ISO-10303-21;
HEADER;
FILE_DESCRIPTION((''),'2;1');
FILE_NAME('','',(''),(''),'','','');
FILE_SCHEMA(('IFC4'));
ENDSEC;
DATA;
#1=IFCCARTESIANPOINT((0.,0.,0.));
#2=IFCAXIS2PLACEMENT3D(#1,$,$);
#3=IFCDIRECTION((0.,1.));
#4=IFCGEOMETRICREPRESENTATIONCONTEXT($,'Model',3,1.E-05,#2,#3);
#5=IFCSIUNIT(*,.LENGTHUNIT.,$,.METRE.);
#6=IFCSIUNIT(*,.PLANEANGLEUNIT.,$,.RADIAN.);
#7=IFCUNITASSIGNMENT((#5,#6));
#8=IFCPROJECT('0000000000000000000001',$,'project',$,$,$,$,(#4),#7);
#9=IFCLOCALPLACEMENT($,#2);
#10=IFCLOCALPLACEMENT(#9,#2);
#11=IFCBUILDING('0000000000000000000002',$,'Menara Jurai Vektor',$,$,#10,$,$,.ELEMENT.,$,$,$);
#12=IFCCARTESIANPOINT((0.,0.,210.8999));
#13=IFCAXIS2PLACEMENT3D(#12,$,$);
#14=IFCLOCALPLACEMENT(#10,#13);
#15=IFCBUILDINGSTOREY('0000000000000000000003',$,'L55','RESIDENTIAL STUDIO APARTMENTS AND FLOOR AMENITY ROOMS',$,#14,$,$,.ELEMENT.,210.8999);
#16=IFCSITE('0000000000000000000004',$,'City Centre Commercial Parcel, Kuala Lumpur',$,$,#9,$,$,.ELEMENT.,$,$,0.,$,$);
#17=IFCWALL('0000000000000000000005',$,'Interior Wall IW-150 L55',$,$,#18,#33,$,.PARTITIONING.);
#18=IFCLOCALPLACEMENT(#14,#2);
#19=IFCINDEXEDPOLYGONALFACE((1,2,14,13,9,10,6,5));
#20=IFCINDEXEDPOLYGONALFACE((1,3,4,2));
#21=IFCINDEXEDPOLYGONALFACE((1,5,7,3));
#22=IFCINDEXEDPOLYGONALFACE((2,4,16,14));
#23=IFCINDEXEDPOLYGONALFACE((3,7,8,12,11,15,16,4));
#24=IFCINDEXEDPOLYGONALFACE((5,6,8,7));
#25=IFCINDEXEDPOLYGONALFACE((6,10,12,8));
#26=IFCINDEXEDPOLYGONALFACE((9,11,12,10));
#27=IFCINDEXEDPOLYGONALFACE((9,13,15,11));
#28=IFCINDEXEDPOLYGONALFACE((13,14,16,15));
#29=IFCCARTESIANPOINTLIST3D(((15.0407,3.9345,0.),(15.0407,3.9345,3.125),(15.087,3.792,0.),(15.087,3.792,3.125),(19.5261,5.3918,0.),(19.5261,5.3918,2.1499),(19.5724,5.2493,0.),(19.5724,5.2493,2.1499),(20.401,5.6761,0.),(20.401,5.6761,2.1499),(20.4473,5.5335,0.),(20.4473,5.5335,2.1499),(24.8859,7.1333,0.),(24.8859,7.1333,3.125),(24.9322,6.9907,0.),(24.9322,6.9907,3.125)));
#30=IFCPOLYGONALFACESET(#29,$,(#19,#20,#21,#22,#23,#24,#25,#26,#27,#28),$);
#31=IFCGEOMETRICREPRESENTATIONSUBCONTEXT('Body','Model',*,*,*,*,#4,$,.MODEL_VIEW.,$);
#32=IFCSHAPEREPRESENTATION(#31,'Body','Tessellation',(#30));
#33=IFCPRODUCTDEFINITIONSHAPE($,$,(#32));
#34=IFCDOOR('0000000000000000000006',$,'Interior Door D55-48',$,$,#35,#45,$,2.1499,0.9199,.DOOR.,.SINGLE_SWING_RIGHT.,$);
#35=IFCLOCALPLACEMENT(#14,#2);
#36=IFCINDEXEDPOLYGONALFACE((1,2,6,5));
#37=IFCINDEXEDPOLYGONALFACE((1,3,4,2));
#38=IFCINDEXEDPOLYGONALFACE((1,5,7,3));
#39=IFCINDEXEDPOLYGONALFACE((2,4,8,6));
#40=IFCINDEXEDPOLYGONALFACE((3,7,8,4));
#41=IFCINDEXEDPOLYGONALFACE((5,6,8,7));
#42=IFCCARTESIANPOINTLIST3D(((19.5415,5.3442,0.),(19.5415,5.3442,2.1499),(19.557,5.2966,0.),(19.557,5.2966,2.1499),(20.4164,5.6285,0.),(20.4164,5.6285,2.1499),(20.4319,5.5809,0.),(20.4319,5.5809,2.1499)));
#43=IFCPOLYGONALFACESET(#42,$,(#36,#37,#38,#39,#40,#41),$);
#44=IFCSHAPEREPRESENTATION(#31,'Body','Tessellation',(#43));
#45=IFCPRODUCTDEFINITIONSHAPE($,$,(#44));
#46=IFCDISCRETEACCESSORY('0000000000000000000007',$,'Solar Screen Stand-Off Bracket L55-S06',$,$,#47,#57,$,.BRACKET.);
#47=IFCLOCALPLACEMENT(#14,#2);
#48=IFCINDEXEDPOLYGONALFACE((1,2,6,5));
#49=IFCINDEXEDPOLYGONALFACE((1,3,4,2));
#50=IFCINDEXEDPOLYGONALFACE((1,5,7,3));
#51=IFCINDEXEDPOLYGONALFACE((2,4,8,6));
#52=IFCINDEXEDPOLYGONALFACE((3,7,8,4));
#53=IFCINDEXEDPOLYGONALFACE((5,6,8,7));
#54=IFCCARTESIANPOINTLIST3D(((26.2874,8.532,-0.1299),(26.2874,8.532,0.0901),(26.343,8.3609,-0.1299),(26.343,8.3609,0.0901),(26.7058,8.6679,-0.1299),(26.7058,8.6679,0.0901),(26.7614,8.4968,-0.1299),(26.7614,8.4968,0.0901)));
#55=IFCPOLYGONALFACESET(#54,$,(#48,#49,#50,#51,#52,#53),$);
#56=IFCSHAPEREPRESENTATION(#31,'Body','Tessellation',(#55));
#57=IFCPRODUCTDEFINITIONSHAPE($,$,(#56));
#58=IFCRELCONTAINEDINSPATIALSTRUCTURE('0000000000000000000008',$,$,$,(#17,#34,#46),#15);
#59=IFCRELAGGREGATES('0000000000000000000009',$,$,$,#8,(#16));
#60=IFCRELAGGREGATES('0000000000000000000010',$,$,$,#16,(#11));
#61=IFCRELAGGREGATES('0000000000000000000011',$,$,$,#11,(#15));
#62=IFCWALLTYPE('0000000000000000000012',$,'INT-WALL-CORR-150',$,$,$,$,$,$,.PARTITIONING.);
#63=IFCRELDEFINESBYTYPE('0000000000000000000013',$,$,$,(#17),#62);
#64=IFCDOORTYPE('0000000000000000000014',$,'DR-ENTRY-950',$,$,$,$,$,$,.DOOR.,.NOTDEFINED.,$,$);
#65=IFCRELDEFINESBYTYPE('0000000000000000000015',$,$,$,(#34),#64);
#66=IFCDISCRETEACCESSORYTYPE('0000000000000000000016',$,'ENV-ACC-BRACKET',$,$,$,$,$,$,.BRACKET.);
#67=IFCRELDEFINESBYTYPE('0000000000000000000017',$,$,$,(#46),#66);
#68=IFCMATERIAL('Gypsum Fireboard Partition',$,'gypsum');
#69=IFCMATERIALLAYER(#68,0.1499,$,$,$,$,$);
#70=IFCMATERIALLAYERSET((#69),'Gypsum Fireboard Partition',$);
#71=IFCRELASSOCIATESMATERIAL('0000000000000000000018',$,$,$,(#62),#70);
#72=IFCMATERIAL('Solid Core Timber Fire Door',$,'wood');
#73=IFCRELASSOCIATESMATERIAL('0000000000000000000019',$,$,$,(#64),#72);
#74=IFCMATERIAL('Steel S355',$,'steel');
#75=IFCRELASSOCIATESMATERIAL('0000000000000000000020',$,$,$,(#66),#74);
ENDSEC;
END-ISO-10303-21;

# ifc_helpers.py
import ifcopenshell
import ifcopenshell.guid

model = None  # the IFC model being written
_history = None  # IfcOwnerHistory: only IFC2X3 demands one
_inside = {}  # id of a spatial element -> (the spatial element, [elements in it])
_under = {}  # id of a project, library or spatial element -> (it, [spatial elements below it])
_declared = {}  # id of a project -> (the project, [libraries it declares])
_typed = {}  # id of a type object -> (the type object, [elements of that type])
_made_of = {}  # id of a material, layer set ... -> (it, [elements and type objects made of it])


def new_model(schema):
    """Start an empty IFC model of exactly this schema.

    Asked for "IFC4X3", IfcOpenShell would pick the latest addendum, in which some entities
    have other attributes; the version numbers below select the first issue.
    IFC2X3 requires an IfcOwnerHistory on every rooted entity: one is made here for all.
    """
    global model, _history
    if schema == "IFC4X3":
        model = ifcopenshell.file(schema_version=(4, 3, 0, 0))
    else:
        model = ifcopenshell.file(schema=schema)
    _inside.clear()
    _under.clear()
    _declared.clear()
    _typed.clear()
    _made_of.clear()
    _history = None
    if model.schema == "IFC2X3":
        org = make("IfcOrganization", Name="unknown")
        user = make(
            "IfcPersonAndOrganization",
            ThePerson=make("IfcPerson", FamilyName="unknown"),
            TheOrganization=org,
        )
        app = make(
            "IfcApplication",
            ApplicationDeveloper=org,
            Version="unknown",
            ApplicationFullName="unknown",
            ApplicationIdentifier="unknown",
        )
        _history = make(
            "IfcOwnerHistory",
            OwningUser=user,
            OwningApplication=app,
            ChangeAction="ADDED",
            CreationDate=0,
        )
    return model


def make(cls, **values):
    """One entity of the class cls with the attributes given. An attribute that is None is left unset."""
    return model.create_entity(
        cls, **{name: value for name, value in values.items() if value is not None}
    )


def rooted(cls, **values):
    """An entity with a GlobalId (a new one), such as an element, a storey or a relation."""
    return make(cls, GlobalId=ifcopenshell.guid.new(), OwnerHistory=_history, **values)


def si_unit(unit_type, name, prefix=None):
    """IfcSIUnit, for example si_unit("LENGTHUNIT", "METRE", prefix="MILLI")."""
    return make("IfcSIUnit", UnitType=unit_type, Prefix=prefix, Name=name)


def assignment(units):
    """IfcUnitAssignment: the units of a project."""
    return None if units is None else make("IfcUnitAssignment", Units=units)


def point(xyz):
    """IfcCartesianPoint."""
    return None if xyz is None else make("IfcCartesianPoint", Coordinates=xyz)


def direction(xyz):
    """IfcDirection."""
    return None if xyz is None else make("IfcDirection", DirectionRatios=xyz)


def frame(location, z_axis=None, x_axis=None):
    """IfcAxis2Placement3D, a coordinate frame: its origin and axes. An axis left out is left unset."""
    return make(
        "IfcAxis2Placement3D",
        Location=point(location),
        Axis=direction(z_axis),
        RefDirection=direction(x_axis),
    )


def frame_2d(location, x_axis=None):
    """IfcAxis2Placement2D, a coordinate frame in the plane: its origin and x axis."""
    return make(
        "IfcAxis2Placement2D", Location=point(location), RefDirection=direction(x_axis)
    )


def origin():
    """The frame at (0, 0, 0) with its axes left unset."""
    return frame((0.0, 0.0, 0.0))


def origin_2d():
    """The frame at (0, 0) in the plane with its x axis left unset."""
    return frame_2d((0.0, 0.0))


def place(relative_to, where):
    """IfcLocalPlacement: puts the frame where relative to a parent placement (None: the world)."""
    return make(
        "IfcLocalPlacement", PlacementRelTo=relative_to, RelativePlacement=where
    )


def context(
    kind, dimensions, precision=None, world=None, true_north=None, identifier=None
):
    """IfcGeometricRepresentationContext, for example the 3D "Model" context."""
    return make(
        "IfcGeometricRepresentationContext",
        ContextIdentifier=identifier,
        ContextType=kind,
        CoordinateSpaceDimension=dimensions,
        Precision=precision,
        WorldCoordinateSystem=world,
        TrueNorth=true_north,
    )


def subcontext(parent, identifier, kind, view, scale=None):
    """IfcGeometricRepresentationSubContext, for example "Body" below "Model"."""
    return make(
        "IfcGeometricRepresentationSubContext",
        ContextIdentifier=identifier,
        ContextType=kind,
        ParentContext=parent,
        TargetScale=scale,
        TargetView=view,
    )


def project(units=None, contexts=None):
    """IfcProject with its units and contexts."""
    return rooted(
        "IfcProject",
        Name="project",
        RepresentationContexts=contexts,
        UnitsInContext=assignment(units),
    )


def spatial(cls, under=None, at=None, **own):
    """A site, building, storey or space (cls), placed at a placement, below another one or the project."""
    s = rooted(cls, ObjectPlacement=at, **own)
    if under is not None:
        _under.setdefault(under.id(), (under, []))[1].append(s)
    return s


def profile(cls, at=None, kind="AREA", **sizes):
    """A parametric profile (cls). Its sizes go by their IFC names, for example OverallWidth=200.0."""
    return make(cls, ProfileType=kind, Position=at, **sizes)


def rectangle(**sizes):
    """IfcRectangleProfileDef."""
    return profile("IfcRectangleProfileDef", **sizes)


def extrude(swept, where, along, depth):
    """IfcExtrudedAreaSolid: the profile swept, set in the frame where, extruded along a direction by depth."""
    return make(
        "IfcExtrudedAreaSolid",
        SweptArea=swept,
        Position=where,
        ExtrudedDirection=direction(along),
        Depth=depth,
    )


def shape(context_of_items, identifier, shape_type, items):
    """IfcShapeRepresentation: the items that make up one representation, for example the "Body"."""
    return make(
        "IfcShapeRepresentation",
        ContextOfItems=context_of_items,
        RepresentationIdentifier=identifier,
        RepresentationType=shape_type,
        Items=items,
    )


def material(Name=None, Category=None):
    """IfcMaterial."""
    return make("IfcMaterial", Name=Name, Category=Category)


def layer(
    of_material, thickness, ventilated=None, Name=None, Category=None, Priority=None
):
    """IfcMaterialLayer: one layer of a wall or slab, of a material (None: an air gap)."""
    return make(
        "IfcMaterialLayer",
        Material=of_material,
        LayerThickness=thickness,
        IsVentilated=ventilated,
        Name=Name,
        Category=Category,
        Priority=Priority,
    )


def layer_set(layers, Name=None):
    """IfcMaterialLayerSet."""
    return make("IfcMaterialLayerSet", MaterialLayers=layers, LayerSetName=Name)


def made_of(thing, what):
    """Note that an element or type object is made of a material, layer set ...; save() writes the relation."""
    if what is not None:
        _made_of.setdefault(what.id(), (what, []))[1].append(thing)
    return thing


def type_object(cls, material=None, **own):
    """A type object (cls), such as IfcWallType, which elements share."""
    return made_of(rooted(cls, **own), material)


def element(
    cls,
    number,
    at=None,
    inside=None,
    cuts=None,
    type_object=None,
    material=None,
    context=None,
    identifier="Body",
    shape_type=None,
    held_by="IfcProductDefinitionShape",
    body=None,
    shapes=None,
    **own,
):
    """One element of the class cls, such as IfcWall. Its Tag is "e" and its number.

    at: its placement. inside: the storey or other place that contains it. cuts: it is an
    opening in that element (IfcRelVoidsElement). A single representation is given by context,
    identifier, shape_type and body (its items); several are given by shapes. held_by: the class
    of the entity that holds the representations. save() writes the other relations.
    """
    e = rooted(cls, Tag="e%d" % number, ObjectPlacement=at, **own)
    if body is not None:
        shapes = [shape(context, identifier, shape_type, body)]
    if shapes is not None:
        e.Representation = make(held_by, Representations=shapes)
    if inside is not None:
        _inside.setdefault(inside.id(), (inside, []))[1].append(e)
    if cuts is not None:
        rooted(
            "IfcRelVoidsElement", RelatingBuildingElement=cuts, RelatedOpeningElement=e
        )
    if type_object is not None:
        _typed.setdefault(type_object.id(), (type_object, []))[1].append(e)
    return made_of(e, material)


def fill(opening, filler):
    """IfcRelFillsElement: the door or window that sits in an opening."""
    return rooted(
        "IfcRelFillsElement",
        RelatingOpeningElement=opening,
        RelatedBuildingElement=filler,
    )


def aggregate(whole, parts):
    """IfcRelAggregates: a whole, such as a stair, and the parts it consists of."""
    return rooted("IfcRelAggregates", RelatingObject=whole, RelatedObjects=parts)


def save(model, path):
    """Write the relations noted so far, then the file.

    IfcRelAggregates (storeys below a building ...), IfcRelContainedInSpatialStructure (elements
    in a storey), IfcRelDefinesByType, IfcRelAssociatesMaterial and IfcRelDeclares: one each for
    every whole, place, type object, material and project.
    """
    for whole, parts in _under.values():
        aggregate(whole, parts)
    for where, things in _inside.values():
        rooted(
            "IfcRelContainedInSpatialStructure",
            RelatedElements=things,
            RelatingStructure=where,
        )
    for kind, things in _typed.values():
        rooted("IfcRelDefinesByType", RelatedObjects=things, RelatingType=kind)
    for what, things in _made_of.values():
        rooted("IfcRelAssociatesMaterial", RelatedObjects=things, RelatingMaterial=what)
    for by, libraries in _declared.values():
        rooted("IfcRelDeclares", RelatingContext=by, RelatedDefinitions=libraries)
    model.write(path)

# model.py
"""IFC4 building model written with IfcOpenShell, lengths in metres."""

from ifc_helpers import new_model, si_unit, direction, frame, frame_2d, origin, origin_2d, place, context, subcontext, project, spatial, rectangle, extrude, material, layer, layer_set, type_object, element, fill, save


model = new_model("IFC4")

# Units and contexts
model_context = context("Model", 3, precision=1e-05, world=origin(), true_north=direction((0.0, 1.0)))
body_context = subcontext(model_context, "Body", "Model", "MODEL_VIEW")
ifc_project = project(units=[si_unit("LENGTHUNIT", "METRE"), si_unit("PLANEANGLEUNIT", "RADIAN")], contexts=[model_context])

# Site, building, storey
site_placement = place(None, origin())
site = spatial("IfcSite", under=ifc_project, at=site_placement, Name="City Centre Commercial Parcel, Kuala Lumpur", CompositionType="ELEMENT", RefElevation=0.0)
building_placement = place(site_placement, origin())
building = spatial("IfcBuilding", under=site, at=building_placement, Name="Menara Jurai Vektor", CompositionType="ELEMENT")
storey_placement = place(building_placement, frame((0.0, 0.0, 210.8999)))
storey = spatial("IfcBuildingStorey", under=building, at=storey_placement, Name="L55", Description="RESIDENTIAL STUDIO APARTMENTS AND FLOOR AMENITY ROOMS", CompositionType="ELEMENT", Elevation=210.8999)

# Shared definitions
ifc_material_1 = material(Name="Steel S355", Category="steel")

# Shared definitions
ifc_material_2 = material(Name="Gypsum Fireboard Partition", Category="gypsum")
ifc_layer_1 = layer(ifc_material_2, 0.1499)
ifc_layer_set_1 = layer_set([ifc_layer_1], Name="Gypsum Fireboard Partition")
wall_type = type_object("IfcWallType", Name="INT-WALL-CORR-150", PredefinedType="PARTITIONING", material=ifc_layer_set_1)

# Wall, opening, door
wall_1_placement = place(storey_placement, frame((15.064, 3.8633, 0.0), z_axis=(0.0, 0.0, 1.0), x_axis=(0.951061, 0.309002, 0.0)))
wall_1 = element("IfcWall", 1, at=wall_1_placement, inside=storey, type_object=wall_type, Name="Interior Wall IW-150 L55", PredefinedType="PARTITIONING", context=body_context, shape_type="SweptSolid", body=[
    extrude(rectangle(XDim=10.3518, YDim=0.1499, at=frame_2d((5.1758, 0.0))), origin(), (0.0, 0.0, 1.0), 3.125),
])
opening_placement = place(wall_1_placement, frame((4.7161, 0.0, 0.0)))
opening = element("IfcOpeningElement", 2, at=opening_placement, cuts=wall_1, PredefinedType="OPENING", context=body_context, shape_type="SweptSolid", body=[
    extrude(rectangle(XDim=0.9199, YDim=2.1499, at=frame_2d((0.46, 1.075))), frame((0.0, 0.085, 0.0), z_axis=(0.0, -1.0, 0.0), x_axis=(1.0, 0.0, 0.0)), (0.0, 0.0, 1.0), 0.1699),
])
ifc_material_3 = material(Name="Solid Core Timber Fire Door", Category="wood")
door_type = type_object("IfcDoorType", Name="DR-ENTRY-950", OperationType="NOTDEFINED", PredefinedType="DOOR", material=ifc_material_3)
door_placement = place(opening_placement, origin())
door = element("IfcDoor", 3, at=door_placement, inside=storey, type_object=door_type, Name="Interior Door D55-48", OperationType="SINGLE_SWING_RIGHT", OverallHeight=2.1499, OverallWidth=0.9199, PredefinedType="DOOR", context=body_context, shape_type="SweptSolid", body=[
    extrude(rectangle(XDim=0.9199, YDim=2.1499, at=frame_2d((0.46, 1.075))), frame((0.0, 0.0249, 0.0), z_axis=(0.0, -1.0, 0.0), x_axis=(1.0, 0.0, 0.0)), (0.0, 0.0, 1.0), 0.05),
])
fill(opening, door)

# Discrete accessory
discrete_accessory_type = type_object("IfcDiscreteAccessoryType", Name="ENV-ACC-BRACKET", PredefinedType="BRACKET", material=ifc_material_1)
discrete_accessory_placement = place(storey_placement, frame((26.5244, 8.5144, -0.1299), z_axis=(0.0, 0.0, 1.0), x_axis=(-0.309017, 0.951057, 0.0)))
element("IfcDiscreteAccessory", 4, at=discrete_accessory_placement, inside=storey, type_object=discrete_accessory_type, Name="Solar Screen Stand-Off Bracket L55-S06", PredefinedType="BRACKET", context=body_context, shape_type="SweptSolid", body=[
    extrude(rectangle(XDim=0.1799, YDim=0.4399, at=origin_2d()), origin(), (0.0, 0.0, 1.0), 0.22),
])

save(model, "model.ifc")
